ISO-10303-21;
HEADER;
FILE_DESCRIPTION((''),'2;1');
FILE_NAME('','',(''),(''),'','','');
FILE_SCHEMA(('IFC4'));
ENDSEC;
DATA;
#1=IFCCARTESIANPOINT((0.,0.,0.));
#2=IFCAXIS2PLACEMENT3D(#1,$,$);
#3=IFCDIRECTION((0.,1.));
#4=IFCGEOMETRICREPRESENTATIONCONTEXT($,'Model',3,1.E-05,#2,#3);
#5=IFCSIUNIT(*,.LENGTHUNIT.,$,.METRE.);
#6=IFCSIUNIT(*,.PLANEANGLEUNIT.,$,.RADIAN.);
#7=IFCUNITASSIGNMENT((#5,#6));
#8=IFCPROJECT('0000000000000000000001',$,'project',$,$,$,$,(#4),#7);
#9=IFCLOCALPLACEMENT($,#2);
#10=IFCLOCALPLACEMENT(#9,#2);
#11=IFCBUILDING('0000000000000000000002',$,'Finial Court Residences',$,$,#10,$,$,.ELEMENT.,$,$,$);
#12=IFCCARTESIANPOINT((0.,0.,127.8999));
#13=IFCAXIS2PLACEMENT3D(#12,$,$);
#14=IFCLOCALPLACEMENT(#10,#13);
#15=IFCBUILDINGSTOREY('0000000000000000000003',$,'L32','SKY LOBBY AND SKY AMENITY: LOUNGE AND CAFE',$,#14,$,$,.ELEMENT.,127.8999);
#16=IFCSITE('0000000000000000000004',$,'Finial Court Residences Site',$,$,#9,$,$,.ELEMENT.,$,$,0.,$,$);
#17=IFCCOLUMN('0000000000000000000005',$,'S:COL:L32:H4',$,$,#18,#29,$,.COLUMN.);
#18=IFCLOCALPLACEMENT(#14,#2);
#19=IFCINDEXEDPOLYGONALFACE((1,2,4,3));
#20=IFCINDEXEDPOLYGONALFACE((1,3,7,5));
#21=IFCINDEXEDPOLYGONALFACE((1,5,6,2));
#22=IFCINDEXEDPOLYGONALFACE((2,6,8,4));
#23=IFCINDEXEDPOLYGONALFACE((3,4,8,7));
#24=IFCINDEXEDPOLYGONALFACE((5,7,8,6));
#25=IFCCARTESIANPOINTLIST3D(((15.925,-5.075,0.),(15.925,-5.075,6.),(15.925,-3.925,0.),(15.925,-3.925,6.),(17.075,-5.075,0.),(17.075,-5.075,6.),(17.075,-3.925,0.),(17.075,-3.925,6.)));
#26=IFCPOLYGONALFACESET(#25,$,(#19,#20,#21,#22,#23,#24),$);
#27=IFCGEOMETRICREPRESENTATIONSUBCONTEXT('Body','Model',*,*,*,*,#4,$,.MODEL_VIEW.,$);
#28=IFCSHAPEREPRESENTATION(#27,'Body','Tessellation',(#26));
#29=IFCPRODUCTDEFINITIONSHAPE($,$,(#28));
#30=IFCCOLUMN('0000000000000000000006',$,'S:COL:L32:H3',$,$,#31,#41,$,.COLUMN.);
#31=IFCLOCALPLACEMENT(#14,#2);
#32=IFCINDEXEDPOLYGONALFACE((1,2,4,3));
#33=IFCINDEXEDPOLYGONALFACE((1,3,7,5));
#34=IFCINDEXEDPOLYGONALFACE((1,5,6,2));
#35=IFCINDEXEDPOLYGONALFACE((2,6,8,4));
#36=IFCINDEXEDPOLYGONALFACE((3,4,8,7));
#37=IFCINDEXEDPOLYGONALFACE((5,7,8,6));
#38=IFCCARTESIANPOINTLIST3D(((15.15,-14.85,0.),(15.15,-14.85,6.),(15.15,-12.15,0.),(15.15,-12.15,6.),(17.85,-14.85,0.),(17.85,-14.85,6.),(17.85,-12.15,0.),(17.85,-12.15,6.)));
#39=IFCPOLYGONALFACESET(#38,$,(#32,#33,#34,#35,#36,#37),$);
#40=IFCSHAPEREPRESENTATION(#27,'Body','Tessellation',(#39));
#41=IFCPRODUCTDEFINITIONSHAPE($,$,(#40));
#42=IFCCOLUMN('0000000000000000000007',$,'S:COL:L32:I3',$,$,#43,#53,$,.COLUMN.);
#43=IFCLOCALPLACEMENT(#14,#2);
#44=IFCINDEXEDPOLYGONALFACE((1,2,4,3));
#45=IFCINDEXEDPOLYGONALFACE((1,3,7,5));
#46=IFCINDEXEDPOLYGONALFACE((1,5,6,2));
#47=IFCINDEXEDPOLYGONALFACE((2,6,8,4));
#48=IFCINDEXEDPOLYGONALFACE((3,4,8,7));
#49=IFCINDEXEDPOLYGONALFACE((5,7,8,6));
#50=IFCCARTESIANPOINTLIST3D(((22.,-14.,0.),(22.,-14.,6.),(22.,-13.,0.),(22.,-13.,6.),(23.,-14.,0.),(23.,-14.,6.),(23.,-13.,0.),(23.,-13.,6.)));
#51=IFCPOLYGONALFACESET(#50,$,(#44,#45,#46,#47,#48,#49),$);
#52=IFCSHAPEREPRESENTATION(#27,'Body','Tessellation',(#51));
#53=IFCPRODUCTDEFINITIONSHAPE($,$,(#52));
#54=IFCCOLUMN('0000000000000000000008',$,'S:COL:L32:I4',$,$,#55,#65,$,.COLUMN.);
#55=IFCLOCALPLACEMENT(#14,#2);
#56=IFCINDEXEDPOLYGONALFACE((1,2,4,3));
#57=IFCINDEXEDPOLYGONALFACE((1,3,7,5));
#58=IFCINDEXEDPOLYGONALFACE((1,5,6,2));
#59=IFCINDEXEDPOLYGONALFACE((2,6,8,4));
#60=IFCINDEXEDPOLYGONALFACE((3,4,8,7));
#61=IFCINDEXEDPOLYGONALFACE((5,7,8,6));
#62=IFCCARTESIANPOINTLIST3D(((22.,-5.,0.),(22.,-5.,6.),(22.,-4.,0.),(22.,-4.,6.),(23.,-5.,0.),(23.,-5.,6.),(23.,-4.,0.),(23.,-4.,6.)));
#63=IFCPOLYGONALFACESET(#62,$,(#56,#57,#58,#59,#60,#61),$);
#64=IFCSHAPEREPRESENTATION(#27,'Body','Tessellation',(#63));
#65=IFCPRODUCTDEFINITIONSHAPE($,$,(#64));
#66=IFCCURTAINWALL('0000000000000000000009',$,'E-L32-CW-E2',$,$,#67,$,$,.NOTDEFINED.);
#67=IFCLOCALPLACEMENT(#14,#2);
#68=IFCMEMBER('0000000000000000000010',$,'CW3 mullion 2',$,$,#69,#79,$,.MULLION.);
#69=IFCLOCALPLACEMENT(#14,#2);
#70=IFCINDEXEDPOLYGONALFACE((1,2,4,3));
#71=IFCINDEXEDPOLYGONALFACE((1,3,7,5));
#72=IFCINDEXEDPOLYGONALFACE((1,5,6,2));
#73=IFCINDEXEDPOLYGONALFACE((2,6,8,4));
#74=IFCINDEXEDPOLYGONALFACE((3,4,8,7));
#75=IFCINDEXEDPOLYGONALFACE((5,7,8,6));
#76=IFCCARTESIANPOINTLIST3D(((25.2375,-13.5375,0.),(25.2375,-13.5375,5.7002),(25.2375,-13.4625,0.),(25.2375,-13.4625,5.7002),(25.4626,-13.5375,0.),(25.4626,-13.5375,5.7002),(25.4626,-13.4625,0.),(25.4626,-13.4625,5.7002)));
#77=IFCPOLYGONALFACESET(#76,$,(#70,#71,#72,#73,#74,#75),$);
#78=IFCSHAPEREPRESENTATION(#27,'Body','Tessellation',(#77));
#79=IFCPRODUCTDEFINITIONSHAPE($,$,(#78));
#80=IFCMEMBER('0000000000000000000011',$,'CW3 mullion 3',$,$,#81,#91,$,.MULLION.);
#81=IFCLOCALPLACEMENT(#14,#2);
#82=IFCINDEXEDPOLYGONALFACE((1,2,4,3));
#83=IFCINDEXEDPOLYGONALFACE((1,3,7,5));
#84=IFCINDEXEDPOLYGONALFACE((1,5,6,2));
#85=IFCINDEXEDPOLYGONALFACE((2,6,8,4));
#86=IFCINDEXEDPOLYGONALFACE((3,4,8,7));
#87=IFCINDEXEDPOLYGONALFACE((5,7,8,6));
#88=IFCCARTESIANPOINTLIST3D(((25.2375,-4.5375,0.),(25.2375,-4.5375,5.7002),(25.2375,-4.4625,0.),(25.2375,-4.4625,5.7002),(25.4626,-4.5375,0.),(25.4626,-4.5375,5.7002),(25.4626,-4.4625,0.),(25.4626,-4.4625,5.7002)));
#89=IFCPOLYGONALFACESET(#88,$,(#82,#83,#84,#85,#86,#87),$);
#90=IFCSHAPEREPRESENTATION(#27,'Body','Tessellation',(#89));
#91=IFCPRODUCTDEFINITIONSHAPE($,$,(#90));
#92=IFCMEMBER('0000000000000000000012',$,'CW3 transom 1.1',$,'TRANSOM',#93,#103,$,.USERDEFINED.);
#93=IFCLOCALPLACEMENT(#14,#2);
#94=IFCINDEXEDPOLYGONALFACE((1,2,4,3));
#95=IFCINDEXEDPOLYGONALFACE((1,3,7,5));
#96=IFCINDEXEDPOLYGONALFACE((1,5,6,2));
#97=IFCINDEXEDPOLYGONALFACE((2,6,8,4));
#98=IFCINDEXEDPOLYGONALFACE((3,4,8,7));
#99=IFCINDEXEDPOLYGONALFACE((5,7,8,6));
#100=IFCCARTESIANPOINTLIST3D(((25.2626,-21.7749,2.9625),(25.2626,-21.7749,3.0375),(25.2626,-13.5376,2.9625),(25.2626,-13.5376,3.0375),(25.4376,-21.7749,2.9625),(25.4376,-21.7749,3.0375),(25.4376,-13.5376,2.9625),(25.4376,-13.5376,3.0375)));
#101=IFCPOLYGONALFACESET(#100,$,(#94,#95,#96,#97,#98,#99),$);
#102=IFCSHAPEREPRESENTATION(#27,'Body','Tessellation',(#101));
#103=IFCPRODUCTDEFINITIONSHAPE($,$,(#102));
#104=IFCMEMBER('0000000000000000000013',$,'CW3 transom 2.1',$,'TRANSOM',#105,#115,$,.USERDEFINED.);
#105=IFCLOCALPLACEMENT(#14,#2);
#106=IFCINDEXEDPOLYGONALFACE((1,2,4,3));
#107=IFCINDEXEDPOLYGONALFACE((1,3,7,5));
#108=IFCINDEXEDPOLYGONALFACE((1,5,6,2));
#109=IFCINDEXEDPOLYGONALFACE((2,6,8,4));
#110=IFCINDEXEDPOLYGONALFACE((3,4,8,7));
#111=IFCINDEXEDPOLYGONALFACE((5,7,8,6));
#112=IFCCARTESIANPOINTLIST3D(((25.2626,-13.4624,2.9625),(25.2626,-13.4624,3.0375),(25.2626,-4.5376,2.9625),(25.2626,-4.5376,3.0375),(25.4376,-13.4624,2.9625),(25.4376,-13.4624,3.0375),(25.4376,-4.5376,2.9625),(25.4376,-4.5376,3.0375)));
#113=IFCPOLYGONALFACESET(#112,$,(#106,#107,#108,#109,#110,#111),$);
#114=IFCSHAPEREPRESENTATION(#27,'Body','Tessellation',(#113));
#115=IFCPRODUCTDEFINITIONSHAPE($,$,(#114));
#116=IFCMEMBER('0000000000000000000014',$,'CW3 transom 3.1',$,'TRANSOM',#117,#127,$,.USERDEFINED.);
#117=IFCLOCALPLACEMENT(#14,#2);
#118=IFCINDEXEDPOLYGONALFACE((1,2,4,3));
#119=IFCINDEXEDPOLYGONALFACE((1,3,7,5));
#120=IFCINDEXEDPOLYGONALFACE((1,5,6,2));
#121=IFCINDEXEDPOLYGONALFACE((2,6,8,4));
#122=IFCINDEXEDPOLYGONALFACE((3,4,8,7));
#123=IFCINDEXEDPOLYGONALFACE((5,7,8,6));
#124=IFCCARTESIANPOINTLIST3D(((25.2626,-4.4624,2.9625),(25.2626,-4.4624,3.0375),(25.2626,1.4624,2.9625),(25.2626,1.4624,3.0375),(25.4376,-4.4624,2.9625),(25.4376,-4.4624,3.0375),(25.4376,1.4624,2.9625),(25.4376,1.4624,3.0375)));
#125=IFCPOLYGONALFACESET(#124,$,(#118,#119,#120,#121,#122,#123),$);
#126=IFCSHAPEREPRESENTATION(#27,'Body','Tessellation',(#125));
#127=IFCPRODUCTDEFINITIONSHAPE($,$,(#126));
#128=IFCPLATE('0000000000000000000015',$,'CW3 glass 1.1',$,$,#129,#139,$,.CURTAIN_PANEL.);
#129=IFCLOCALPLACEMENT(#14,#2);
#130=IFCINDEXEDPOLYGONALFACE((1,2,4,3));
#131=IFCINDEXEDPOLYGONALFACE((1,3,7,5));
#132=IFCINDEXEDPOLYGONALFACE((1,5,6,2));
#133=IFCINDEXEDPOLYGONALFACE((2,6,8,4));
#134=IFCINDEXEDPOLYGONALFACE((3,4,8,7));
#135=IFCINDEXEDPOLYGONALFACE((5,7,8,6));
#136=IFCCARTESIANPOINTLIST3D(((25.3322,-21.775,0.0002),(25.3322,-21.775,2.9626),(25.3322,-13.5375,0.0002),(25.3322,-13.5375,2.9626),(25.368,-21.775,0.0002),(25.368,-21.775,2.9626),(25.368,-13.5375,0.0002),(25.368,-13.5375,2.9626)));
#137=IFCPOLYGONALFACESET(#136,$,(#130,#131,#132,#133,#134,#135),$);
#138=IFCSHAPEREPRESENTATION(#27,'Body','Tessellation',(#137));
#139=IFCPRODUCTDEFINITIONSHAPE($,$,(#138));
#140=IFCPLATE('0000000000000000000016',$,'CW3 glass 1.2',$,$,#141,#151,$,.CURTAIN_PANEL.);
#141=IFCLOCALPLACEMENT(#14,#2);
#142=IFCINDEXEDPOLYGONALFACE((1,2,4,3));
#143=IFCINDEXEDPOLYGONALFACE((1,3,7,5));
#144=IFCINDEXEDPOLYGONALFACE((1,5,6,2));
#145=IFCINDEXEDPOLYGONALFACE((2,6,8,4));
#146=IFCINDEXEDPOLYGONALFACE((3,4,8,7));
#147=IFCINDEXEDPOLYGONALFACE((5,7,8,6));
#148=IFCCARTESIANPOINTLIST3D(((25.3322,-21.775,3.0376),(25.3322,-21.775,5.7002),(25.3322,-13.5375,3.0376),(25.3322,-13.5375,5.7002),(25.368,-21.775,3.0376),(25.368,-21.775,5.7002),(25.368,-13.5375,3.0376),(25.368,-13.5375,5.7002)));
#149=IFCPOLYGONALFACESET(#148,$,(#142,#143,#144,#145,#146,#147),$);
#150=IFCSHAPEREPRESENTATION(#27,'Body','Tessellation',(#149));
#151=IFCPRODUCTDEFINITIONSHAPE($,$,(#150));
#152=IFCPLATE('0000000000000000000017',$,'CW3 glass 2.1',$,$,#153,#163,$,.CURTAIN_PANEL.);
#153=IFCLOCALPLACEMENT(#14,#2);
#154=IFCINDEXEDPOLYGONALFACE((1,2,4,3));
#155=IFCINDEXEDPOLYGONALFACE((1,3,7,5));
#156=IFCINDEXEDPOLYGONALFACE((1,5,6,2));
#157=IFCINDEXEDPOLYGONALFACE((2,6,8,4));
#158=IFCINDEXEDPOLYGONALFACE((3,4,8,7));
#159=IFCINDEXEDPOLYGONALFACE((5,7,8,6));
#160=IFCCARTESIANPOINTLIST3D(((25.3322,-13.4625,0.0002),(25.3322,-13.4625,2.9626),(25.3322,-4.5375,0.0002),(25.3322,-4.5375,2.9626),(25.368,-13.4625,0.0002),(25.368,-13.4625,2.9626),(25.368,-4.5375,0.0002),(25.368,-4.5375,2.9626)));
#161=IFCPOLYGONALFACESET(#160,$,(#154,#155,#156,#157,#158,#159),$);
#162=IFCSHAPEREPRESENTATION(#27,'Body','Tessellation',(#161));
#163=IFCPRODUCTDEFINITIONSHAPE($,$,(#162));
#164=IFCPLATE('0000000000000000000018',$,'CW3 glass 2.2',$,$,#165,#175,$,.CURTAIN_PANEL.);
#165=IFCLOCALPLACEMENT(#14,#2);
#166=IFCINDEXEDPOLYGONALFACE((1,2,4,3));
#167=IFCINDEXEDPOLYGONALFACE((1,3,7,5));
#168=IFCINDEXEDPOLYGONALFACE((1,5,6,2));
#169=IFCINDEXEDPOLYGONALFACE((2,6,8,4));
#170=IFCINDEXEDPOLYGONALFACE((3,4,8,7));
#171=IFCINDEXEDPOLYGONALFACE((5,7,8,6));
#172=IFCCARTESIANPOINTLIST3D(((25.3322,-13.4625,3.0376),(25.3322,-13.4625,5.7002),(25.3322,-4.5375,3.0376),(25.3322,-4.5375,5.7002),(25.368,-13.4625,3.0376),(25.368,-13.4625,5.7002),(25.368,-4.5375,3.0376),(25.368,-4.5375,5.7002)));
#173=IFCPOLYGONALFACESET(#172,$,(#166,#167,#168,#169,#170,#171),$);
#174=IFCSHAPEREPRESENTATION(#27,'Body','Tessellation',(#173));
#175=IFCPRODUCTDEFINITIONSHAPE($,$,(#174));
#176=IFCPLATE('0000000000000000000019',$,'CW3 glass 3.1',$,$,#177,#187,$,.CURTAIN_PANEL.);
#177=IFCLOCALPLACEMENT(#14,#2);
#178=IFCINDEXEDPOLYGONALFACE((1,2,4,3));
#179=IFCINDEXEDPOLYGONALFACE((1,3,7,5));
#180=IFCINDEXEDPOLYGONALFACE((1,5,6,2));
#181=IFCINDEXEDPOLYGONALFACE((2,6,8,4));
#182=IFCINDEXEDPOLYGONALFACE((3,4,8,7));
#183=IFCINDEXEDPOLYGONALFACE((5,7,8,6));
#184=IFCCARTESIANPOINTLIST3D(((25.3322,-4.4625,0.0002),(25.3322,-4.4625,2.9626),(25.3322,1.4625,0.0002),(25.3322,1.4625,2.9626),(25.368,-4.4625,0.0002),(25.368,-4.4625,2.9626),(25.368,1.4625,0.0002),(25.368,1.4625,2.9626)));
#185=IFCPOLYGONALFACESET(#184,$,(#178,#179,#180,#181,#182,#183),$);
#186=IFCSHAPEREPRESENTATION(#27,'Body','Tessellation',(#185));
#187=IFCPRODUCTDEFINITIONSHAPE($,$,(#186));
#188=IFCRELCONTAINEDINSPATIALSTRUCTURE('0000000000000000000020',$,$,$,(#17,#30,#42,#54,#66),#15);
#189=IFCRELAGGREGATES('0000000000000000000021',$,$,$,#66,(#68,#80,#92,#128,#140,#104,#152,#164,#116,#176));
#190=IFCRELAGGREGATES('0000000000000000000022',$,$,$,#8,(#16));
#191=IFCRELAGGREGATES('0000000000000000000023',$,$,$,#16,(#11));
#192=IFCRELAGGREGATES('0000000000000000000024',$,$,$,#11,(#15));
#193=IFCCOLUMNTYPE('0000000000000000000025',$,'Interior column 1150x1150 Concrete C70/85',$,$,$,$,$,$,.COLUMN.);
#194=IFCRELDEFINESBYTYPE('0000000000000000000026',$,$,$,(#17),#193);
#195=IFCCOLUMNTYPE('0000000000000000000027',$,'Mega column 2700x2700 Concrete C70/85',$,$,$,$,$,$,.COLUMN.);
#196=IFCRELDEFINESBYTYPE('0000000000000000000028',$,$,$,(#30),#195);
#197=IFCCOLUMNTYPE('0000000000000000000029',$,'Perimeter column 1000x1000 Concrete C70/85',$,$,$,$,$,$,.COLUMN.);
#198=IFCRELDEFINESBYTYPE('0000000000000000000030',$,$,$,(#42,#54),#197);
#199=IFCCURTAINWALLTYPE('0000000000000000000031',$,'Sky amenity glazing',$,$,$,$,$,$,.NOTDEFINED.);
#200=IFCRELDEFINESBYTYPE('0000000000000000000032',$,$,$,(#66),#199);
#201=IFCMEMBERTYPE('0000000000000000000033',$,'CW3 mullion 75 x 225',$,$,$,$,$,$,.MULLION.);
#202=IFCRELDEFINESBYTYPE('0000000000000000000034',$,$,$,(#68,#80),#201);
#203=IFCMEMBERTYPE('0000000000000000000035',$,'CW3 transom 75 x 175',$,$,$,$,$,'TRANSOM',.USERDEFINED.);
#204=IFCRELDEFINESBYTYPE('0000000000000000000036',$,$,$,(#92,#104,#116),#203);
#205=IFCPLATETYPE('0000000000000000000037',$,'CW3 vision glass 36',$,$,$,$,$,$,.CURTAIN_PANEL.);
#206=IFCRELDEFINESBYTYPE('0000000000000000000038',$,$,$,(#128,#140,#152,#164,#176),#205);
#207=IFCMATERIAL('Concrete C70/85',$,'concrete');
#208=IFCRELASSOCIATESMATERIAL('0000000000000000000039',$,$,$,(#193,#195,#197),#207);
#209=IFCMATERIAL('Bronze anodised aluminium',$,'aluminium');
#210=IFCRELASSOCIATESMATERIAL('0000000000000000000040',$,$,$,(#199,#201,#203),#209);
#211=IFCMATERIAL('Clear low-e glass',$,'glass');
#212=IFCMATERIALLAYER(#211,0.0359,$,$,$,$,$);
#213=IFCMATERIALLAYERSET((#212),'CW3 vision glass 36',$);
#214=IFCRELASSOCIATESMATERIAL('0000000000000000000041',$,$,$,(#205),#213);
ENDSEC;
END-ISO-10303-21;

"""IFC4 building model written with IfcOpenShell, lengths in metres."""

from ifc_helpers import new_model, si_unit, direction, frame, origin, origin_2d, place, context, subcontext, project, spatial, rectangle, extrude, material, layer, layer_set, material_profile, profile_set, type_object, element, aggregate, save


model = new_model("IFC4")

# Units and contexts
model_context = context("Model", 3, precision=1e-05, world=origin(), true_north=direction((0.0, 1.0)))
body_context = subcontext(model_context, "Body", "Model", "MODEL_VIEW")
ifc_project = project(units=[si_unit("LENGTHUNIT", "METRE"), si_unit("PLANEANGLEUNIT", "RADIAN")], contexts=[model_context])

# Site, building, storey
site_placement = place(None, origin())
site = spatial("IfcSite", under=ifc_project, at=site_placement, Name="Finial Court Residences Site", CompositionType="ELEMENT", RefElevation=0.0)
building_placement = place(site_placement, origin())
building = spatial("IfcBuilding", under=site, at=building_placement, Name="Finial Court Residences", CompositionType="ELEMENT")
storey_placement = place(building_placement, frame((0.0, 0.0, 127.8999)))
storey = spatial("IfcBuildingStorey", under=building, at=storey_placement, Name="L32", Description="SKY LOBBY AND SKY AMENITY: LOUNGE AND CAFE", CompositionType="ELEMENT", Elevation=127.8999)

# Columns
ifc_material_1 = material(Name="Concrete C70/85", Category="concrete")
ifc_material_profile_1 = material_profile(ifc_material_1, rectangle(XDim=1.1499, YDim=1.1499, at=origin_2d()), Name="1150x1150")
ifc_profile_set_1 = profile_set([ifc_material_profile_1], Name="Concrete C70/85")
column_type_1 = type_object("IfcColumnType", Name="Interior column 1150x1150 Concrete C70/85", PredefinedType="COLUMN", material=ifc_profile_set_1)
column_1_placement = place(storey_placement, frame((16.5, -4.5, 0.0), z_axis=(0.0, 0.0, 1.0), x_axis=(1.0, 0.0, 0.0)))
element("IfcColumn", 1, at=column_1_placement, inside=storey, type_object=column_type_1, Name="S:COL:L32:H4", PredefinedType="COLUMN", context=body_context, shape_type="SweptSolid", body=[
    extrude(rectangle(XDim=1.1499, YDim=1.1499, at=origin_2d()), origin(), (0.0, 0.0, 1.0), 6.0),
])
ifc_material_profile_2 = material_profile(ifc_material_1, rectangle(XDim=2.7, YDim=2.7, at=origin_2d()), Name="2700x2700")
ifc_profile_set_2 = profile_set([ifc_material_profile_2], Name="Concrete C70/85")
column_type_2 = type_object("IfcColumnType", Name="Mega column 2700x2700 Concrete C70/85", PredefinedType="COLUMN", material=ifc_profile_set_2)
column_2_placement = place(storey_placement, frame((16.5, -13.5, 0.0), z_axis=(0.0, 0.0, 1.0), x_axis=(1.0, 0.0, 0.0)))
element("IfcColumn", 2, at=column_2_placement, inside=storey, type_object=column_type_2, Name="S:COL:L32:H3", PredefinedType="COLUMN", context=body_context, shape_type="SweptSolid", body=[
    extrude(rectangle(XDim=2.7, YDim=2.7, at=origin_2d()), origin(), (0.0, 0.0, 1.0), 6.0),
])
ifc_material_profile_3 = material_profile(ifc_material_1, rectangle(XDim=1.0, YDim=1.0, at=origin_2d()), Name="1000x1000")
ifc_profile_set_3 = profile_set([ifc_material_profile_3], Name="Concrete C70/85")
column_type_3 = type_object("IfcColumnType", Name="Perimeter column 1000x1000 Concrete C70/85", PredefinedType="COLUMN", material=ifc_profile_set_3)
for number, where, z_axis, x_axis, name in (
    (3, (22.5, -13.5, 0.0), (0.0, 0.0, 1.0), (1.0, 0.0, 0.0), "S:COL:L32:I3"),
    (4, (22.5, -4.5, 0.0), (0.0, 0.0, 1.0), (1.0, 0.0, 0.0), "S:COL:L32:I4"),
):
    element("IfcColumn", number, at=place(storey_placement, frame(where, z_axis=z_axis, x_axis=x_axis)), inside=storey, type_object=column_type_3, Name=name, PredefinedType="COLUMN", context=body_context, shape_type="SweptSolid", body=[
        extrude(rectangle(XDim=1.0, YDim=1.0, at=origin_2d()), origin(), (0.0, 0.0, 1.0), 6.0),
    ])

# Curtain wall, members, plates
ifc_material_2 = material(Name="Bronze anodised aluminium", Category="aluminium")
curtain_wall_type = type_object("IfcCurtainWallType", Name="Sky amenity glazing", PredefinedType="NOTDEFINED", material=ifc_material_2)
curtain_wall_placement = place(storey_placement, origin())
curtain_wall = element("IfcCurtainWall", 5, at=curtain_wall_placement, inside=storey, type_object=curtain_wall_type, Name="E-L32-CW-E2", PredefinedType="NOTDEFINED")
ifc_material_profile_4 = material_profile(ifc_material_2, rectangle(XDim=0.2251, YDim=0.075, at=origin_2d()), Name="CW3 mullion 75 x 225")
ifc_profile_set_4 = profile_set([ifc_material_profile_4], Name="Bronze anodised aluminium")
member_type_1 = type_object("IfcMemberType", Name="CW3 mullion 75 x 225", PredefinedType="MULLION", material=ifc_profile_set_4)
member_1_placement = place(storey_placement, frame((25.3501, -13.5, 0.0), z_axis=(0.0, 0.0, 1.0), x_axis=(-1.0, 0.0, 0.0)))
member_1 = element("IfcMember", 6, at=member_1_placement, type_object=member_type_1, Name="CW3 mullion 2", PredefinedType="MULLION", context=body_context, shape_type="SweptSolid", body=[
    extrude(rectangle(XDim=0.2251, YDim=0.075, at=origin_2d()), origin(), (0.0, 0.0, 1.0), 5.7002),
])
member_2_placement = place(storey_placement, frame((25.3501, -4.5, 0.0), z_axis=(0.0, 0.0, 1.0), x_axis=(-1.0, 0.0, 0.0)))
member_2 = element("IfcMember", 7, at=member_2_placement, type_object=member_type_1, Name="CW3 mullion 3", PredefinedType="MULLION", context=body_context, shape_type="SweptSolid", body=[
    extrude(rectangle(XDim=0.2251, YDim=0.075, at=origin_2d()), origin(), (0.0, 0.0, 1.0), 5.7002),
])
ifc_material_profile_5 = material_profile(ifc_material_2, rectangle(XDim=0.175, YDim=0.075, at=origin_2d()), Name="CW3 transom 75 x 175")
ifc_profile_set_5 = profile_set([ifc_material_profile_5], Name="Bronze anodised aluminium")
member_type_2 = type_object("IfcMemberType", Name="CW3 transom 75 x 175", ElementType="TRANSOM", PredefinedType="USERDEFINED", material=ifc_profile_set_5)
member_3_placement = place(storey_placement, frame((25.3501, -21.7749, 3.0), z_axis=(0.0, 1.0, 0.0), x_axis=(-1.0, 0.0, 0.0)))
member_3 = element("IfcMember", 8, at=member_3_placement, type_object=member_type_2, Name="CW3 transom 1.1", ObjectType="TRANSOM", PredefinedType="USERDEFINED", context=body_context, shape_type="SweptSolid", body=[
    extrude(rectangle(XDim=0.175, YDim=0.075, at=origin_2d()), origin(), (0.0, 0.0, 1.0), 8.2373),
])
member_4_placement = place(storey_placement, frame((25.3501, -13.4624, 3.0), z_axis=(0.0, 1.0, 0.0), x_axis=(-1.0, 0.0, 0.0)))
member_4 = element("IfcMember", 9, at=member_4_placement, type_object=member_type_2, Name="CW3 transom 2.1", ObjectType="TRANSOM", PredefinedType="USERDEFINED", context=body_context, shape_type="SweptSolid", body=[
    extrude(rectangle(XDim=0.175, YDim=0.075, at=origin_2d()), origin(), (0.0, 0.0, 1.0), 8.9248),
])
member_5_placement = place(storey_placement, frame((25.3501, -4.4624, 3.0), z_axis=(0.0, 1.0, 0.0), x_axis=(-1.0, 0.0, 0.0)))
member_5 = element("IfcMember", 10, at=member_5_placement, type_object=member_type_2, Name="CW3 transom 3.1", ObjectType="TRANSOM", PredefinedType="USERDEFINED", context=body_context, shape_type="SweptSolid", body=[
    extrude(rectangle(XDim=0.175, YDim=0.075, at=origin_2d()), origin(), (0.0, 0.0, 1.0), 5.9248),
])
ifc_material_3 = material(Name="Clear low-e glass", Category="glass")
ifc_layer_1 = layer(ifc_material_3, 0.0359)
ifc_layer_set_1 = layer_set([ifc_layer_1], Name="CW3 vision glass 36")
plate_type = type_object("IfcPlateType", Name="CW3 vision glass 36", PredefinedType="CURTAIN_PANEL", material=ifc_layer_set_1)
plate_1_placement = place(storey_placement, frame((25.3501, -17.6562, 0.0002), z_axis=(0.0, 0.0, 1.0), x_axis=(0.0, 1.0, 0.0)))
plate_1 = element("IfcPlate", 11, at=plate_1_placement, type_object=plate_type, Name="CW3 glass 1.1", PredefinedType="CURTAIN_PANEL", context=body_context, shape_type="SweptSolid", body=[
    extrude(rectangle(XDim=8.2375, YDim=0.0359, at=origin_2d()), origin(), (0.0, 0.0, 1.0), 2.9624),
])
plate_2_placement = place(storey_placement, frame((25.3501, -17.6562, 3.0376), z_axis=(0.0, 0.0, 1.0), x_axis=(0.0, 1.0, 0.0)))
plate_2 = element("IfcPlate", 12, at=plate_2_placement, type_object=plate_type, Name="CW3 glass 1.2", PredefinedType="CURTAIN_PANEL", context=body_context, shape_type="SweptSolid", body=[
    extrude(rectangle(XDim=8.2375, YDim=0.0359, at=origin_2d()), origin(), (0.0, 0.0, 1.0), 2.6626),
])
plate_3_placement = place(storey_placement, frame((25.3501, -9.0, 0.0002), z_axis=(0.0, 0.0, 1.0), x_axis=(0.0, 1.0, 0.0)))
plate_3 = element("IfcPlate", 13, at=plate_3_placement, type_object=plate_type, Name="CW3 glass 2.1", PredefinedType="CURTAIN_PANEL", context=body_context, shape_type="SweptSolid", body=[
    extrude(rectangle(XDim=8.925, YDim=0.0359, at=origin_2d()), origin(), (0.0, 0.0, 1.0), 2.9624),
])
plate_4_placement = place(storey_placement, frame((25.3501, -9.0, 3.0376), z_axis=(0.0, 0.0, 1.0), x_axis=(0.0, 1.0, 0.0)))
plate_4 = element("IfcPlate", 14, at=plate_4_placement, type_object=plate_type, Name="CW3 glass 2.2", PredefinedType="CURTAIN_PANEL", context=body_context, shape_type="SweptSolid", body=[
    extrude(rectangle(XDim=8.925, YDim=0.0359, at=origin_2d()), origin(), (0.0, 0.0, 1.0), 2.6626),
])
plate_5_placement = place(storey_placement, frame((25.3501, -1.5, 0.0002), z_axis=(0.0, 0.0, 1.0), x_axis=(0.0, 1.0, 0.0)))
plate_5 = element("IfcPlate", 15, at=plate_5_placement, type_object=plate_type, Name="CW3 glass 3.1", PredefinedType="CURTAIN_PANEL", context=body_context, shape_type="SweptSolid", body=[
    extrude(rectangle(XDim=5.925, YDim=0.0359, at=origin_2d()), origin(), (0.0, 0.0, 1.0), 2.9624),
])
aggregate(curtain_wall, [member_1, member_2, member_3, plate_1, plate_2, member_4, plate_3, plate_4, member_5, plate_5])

save(model, "model.ifc")
